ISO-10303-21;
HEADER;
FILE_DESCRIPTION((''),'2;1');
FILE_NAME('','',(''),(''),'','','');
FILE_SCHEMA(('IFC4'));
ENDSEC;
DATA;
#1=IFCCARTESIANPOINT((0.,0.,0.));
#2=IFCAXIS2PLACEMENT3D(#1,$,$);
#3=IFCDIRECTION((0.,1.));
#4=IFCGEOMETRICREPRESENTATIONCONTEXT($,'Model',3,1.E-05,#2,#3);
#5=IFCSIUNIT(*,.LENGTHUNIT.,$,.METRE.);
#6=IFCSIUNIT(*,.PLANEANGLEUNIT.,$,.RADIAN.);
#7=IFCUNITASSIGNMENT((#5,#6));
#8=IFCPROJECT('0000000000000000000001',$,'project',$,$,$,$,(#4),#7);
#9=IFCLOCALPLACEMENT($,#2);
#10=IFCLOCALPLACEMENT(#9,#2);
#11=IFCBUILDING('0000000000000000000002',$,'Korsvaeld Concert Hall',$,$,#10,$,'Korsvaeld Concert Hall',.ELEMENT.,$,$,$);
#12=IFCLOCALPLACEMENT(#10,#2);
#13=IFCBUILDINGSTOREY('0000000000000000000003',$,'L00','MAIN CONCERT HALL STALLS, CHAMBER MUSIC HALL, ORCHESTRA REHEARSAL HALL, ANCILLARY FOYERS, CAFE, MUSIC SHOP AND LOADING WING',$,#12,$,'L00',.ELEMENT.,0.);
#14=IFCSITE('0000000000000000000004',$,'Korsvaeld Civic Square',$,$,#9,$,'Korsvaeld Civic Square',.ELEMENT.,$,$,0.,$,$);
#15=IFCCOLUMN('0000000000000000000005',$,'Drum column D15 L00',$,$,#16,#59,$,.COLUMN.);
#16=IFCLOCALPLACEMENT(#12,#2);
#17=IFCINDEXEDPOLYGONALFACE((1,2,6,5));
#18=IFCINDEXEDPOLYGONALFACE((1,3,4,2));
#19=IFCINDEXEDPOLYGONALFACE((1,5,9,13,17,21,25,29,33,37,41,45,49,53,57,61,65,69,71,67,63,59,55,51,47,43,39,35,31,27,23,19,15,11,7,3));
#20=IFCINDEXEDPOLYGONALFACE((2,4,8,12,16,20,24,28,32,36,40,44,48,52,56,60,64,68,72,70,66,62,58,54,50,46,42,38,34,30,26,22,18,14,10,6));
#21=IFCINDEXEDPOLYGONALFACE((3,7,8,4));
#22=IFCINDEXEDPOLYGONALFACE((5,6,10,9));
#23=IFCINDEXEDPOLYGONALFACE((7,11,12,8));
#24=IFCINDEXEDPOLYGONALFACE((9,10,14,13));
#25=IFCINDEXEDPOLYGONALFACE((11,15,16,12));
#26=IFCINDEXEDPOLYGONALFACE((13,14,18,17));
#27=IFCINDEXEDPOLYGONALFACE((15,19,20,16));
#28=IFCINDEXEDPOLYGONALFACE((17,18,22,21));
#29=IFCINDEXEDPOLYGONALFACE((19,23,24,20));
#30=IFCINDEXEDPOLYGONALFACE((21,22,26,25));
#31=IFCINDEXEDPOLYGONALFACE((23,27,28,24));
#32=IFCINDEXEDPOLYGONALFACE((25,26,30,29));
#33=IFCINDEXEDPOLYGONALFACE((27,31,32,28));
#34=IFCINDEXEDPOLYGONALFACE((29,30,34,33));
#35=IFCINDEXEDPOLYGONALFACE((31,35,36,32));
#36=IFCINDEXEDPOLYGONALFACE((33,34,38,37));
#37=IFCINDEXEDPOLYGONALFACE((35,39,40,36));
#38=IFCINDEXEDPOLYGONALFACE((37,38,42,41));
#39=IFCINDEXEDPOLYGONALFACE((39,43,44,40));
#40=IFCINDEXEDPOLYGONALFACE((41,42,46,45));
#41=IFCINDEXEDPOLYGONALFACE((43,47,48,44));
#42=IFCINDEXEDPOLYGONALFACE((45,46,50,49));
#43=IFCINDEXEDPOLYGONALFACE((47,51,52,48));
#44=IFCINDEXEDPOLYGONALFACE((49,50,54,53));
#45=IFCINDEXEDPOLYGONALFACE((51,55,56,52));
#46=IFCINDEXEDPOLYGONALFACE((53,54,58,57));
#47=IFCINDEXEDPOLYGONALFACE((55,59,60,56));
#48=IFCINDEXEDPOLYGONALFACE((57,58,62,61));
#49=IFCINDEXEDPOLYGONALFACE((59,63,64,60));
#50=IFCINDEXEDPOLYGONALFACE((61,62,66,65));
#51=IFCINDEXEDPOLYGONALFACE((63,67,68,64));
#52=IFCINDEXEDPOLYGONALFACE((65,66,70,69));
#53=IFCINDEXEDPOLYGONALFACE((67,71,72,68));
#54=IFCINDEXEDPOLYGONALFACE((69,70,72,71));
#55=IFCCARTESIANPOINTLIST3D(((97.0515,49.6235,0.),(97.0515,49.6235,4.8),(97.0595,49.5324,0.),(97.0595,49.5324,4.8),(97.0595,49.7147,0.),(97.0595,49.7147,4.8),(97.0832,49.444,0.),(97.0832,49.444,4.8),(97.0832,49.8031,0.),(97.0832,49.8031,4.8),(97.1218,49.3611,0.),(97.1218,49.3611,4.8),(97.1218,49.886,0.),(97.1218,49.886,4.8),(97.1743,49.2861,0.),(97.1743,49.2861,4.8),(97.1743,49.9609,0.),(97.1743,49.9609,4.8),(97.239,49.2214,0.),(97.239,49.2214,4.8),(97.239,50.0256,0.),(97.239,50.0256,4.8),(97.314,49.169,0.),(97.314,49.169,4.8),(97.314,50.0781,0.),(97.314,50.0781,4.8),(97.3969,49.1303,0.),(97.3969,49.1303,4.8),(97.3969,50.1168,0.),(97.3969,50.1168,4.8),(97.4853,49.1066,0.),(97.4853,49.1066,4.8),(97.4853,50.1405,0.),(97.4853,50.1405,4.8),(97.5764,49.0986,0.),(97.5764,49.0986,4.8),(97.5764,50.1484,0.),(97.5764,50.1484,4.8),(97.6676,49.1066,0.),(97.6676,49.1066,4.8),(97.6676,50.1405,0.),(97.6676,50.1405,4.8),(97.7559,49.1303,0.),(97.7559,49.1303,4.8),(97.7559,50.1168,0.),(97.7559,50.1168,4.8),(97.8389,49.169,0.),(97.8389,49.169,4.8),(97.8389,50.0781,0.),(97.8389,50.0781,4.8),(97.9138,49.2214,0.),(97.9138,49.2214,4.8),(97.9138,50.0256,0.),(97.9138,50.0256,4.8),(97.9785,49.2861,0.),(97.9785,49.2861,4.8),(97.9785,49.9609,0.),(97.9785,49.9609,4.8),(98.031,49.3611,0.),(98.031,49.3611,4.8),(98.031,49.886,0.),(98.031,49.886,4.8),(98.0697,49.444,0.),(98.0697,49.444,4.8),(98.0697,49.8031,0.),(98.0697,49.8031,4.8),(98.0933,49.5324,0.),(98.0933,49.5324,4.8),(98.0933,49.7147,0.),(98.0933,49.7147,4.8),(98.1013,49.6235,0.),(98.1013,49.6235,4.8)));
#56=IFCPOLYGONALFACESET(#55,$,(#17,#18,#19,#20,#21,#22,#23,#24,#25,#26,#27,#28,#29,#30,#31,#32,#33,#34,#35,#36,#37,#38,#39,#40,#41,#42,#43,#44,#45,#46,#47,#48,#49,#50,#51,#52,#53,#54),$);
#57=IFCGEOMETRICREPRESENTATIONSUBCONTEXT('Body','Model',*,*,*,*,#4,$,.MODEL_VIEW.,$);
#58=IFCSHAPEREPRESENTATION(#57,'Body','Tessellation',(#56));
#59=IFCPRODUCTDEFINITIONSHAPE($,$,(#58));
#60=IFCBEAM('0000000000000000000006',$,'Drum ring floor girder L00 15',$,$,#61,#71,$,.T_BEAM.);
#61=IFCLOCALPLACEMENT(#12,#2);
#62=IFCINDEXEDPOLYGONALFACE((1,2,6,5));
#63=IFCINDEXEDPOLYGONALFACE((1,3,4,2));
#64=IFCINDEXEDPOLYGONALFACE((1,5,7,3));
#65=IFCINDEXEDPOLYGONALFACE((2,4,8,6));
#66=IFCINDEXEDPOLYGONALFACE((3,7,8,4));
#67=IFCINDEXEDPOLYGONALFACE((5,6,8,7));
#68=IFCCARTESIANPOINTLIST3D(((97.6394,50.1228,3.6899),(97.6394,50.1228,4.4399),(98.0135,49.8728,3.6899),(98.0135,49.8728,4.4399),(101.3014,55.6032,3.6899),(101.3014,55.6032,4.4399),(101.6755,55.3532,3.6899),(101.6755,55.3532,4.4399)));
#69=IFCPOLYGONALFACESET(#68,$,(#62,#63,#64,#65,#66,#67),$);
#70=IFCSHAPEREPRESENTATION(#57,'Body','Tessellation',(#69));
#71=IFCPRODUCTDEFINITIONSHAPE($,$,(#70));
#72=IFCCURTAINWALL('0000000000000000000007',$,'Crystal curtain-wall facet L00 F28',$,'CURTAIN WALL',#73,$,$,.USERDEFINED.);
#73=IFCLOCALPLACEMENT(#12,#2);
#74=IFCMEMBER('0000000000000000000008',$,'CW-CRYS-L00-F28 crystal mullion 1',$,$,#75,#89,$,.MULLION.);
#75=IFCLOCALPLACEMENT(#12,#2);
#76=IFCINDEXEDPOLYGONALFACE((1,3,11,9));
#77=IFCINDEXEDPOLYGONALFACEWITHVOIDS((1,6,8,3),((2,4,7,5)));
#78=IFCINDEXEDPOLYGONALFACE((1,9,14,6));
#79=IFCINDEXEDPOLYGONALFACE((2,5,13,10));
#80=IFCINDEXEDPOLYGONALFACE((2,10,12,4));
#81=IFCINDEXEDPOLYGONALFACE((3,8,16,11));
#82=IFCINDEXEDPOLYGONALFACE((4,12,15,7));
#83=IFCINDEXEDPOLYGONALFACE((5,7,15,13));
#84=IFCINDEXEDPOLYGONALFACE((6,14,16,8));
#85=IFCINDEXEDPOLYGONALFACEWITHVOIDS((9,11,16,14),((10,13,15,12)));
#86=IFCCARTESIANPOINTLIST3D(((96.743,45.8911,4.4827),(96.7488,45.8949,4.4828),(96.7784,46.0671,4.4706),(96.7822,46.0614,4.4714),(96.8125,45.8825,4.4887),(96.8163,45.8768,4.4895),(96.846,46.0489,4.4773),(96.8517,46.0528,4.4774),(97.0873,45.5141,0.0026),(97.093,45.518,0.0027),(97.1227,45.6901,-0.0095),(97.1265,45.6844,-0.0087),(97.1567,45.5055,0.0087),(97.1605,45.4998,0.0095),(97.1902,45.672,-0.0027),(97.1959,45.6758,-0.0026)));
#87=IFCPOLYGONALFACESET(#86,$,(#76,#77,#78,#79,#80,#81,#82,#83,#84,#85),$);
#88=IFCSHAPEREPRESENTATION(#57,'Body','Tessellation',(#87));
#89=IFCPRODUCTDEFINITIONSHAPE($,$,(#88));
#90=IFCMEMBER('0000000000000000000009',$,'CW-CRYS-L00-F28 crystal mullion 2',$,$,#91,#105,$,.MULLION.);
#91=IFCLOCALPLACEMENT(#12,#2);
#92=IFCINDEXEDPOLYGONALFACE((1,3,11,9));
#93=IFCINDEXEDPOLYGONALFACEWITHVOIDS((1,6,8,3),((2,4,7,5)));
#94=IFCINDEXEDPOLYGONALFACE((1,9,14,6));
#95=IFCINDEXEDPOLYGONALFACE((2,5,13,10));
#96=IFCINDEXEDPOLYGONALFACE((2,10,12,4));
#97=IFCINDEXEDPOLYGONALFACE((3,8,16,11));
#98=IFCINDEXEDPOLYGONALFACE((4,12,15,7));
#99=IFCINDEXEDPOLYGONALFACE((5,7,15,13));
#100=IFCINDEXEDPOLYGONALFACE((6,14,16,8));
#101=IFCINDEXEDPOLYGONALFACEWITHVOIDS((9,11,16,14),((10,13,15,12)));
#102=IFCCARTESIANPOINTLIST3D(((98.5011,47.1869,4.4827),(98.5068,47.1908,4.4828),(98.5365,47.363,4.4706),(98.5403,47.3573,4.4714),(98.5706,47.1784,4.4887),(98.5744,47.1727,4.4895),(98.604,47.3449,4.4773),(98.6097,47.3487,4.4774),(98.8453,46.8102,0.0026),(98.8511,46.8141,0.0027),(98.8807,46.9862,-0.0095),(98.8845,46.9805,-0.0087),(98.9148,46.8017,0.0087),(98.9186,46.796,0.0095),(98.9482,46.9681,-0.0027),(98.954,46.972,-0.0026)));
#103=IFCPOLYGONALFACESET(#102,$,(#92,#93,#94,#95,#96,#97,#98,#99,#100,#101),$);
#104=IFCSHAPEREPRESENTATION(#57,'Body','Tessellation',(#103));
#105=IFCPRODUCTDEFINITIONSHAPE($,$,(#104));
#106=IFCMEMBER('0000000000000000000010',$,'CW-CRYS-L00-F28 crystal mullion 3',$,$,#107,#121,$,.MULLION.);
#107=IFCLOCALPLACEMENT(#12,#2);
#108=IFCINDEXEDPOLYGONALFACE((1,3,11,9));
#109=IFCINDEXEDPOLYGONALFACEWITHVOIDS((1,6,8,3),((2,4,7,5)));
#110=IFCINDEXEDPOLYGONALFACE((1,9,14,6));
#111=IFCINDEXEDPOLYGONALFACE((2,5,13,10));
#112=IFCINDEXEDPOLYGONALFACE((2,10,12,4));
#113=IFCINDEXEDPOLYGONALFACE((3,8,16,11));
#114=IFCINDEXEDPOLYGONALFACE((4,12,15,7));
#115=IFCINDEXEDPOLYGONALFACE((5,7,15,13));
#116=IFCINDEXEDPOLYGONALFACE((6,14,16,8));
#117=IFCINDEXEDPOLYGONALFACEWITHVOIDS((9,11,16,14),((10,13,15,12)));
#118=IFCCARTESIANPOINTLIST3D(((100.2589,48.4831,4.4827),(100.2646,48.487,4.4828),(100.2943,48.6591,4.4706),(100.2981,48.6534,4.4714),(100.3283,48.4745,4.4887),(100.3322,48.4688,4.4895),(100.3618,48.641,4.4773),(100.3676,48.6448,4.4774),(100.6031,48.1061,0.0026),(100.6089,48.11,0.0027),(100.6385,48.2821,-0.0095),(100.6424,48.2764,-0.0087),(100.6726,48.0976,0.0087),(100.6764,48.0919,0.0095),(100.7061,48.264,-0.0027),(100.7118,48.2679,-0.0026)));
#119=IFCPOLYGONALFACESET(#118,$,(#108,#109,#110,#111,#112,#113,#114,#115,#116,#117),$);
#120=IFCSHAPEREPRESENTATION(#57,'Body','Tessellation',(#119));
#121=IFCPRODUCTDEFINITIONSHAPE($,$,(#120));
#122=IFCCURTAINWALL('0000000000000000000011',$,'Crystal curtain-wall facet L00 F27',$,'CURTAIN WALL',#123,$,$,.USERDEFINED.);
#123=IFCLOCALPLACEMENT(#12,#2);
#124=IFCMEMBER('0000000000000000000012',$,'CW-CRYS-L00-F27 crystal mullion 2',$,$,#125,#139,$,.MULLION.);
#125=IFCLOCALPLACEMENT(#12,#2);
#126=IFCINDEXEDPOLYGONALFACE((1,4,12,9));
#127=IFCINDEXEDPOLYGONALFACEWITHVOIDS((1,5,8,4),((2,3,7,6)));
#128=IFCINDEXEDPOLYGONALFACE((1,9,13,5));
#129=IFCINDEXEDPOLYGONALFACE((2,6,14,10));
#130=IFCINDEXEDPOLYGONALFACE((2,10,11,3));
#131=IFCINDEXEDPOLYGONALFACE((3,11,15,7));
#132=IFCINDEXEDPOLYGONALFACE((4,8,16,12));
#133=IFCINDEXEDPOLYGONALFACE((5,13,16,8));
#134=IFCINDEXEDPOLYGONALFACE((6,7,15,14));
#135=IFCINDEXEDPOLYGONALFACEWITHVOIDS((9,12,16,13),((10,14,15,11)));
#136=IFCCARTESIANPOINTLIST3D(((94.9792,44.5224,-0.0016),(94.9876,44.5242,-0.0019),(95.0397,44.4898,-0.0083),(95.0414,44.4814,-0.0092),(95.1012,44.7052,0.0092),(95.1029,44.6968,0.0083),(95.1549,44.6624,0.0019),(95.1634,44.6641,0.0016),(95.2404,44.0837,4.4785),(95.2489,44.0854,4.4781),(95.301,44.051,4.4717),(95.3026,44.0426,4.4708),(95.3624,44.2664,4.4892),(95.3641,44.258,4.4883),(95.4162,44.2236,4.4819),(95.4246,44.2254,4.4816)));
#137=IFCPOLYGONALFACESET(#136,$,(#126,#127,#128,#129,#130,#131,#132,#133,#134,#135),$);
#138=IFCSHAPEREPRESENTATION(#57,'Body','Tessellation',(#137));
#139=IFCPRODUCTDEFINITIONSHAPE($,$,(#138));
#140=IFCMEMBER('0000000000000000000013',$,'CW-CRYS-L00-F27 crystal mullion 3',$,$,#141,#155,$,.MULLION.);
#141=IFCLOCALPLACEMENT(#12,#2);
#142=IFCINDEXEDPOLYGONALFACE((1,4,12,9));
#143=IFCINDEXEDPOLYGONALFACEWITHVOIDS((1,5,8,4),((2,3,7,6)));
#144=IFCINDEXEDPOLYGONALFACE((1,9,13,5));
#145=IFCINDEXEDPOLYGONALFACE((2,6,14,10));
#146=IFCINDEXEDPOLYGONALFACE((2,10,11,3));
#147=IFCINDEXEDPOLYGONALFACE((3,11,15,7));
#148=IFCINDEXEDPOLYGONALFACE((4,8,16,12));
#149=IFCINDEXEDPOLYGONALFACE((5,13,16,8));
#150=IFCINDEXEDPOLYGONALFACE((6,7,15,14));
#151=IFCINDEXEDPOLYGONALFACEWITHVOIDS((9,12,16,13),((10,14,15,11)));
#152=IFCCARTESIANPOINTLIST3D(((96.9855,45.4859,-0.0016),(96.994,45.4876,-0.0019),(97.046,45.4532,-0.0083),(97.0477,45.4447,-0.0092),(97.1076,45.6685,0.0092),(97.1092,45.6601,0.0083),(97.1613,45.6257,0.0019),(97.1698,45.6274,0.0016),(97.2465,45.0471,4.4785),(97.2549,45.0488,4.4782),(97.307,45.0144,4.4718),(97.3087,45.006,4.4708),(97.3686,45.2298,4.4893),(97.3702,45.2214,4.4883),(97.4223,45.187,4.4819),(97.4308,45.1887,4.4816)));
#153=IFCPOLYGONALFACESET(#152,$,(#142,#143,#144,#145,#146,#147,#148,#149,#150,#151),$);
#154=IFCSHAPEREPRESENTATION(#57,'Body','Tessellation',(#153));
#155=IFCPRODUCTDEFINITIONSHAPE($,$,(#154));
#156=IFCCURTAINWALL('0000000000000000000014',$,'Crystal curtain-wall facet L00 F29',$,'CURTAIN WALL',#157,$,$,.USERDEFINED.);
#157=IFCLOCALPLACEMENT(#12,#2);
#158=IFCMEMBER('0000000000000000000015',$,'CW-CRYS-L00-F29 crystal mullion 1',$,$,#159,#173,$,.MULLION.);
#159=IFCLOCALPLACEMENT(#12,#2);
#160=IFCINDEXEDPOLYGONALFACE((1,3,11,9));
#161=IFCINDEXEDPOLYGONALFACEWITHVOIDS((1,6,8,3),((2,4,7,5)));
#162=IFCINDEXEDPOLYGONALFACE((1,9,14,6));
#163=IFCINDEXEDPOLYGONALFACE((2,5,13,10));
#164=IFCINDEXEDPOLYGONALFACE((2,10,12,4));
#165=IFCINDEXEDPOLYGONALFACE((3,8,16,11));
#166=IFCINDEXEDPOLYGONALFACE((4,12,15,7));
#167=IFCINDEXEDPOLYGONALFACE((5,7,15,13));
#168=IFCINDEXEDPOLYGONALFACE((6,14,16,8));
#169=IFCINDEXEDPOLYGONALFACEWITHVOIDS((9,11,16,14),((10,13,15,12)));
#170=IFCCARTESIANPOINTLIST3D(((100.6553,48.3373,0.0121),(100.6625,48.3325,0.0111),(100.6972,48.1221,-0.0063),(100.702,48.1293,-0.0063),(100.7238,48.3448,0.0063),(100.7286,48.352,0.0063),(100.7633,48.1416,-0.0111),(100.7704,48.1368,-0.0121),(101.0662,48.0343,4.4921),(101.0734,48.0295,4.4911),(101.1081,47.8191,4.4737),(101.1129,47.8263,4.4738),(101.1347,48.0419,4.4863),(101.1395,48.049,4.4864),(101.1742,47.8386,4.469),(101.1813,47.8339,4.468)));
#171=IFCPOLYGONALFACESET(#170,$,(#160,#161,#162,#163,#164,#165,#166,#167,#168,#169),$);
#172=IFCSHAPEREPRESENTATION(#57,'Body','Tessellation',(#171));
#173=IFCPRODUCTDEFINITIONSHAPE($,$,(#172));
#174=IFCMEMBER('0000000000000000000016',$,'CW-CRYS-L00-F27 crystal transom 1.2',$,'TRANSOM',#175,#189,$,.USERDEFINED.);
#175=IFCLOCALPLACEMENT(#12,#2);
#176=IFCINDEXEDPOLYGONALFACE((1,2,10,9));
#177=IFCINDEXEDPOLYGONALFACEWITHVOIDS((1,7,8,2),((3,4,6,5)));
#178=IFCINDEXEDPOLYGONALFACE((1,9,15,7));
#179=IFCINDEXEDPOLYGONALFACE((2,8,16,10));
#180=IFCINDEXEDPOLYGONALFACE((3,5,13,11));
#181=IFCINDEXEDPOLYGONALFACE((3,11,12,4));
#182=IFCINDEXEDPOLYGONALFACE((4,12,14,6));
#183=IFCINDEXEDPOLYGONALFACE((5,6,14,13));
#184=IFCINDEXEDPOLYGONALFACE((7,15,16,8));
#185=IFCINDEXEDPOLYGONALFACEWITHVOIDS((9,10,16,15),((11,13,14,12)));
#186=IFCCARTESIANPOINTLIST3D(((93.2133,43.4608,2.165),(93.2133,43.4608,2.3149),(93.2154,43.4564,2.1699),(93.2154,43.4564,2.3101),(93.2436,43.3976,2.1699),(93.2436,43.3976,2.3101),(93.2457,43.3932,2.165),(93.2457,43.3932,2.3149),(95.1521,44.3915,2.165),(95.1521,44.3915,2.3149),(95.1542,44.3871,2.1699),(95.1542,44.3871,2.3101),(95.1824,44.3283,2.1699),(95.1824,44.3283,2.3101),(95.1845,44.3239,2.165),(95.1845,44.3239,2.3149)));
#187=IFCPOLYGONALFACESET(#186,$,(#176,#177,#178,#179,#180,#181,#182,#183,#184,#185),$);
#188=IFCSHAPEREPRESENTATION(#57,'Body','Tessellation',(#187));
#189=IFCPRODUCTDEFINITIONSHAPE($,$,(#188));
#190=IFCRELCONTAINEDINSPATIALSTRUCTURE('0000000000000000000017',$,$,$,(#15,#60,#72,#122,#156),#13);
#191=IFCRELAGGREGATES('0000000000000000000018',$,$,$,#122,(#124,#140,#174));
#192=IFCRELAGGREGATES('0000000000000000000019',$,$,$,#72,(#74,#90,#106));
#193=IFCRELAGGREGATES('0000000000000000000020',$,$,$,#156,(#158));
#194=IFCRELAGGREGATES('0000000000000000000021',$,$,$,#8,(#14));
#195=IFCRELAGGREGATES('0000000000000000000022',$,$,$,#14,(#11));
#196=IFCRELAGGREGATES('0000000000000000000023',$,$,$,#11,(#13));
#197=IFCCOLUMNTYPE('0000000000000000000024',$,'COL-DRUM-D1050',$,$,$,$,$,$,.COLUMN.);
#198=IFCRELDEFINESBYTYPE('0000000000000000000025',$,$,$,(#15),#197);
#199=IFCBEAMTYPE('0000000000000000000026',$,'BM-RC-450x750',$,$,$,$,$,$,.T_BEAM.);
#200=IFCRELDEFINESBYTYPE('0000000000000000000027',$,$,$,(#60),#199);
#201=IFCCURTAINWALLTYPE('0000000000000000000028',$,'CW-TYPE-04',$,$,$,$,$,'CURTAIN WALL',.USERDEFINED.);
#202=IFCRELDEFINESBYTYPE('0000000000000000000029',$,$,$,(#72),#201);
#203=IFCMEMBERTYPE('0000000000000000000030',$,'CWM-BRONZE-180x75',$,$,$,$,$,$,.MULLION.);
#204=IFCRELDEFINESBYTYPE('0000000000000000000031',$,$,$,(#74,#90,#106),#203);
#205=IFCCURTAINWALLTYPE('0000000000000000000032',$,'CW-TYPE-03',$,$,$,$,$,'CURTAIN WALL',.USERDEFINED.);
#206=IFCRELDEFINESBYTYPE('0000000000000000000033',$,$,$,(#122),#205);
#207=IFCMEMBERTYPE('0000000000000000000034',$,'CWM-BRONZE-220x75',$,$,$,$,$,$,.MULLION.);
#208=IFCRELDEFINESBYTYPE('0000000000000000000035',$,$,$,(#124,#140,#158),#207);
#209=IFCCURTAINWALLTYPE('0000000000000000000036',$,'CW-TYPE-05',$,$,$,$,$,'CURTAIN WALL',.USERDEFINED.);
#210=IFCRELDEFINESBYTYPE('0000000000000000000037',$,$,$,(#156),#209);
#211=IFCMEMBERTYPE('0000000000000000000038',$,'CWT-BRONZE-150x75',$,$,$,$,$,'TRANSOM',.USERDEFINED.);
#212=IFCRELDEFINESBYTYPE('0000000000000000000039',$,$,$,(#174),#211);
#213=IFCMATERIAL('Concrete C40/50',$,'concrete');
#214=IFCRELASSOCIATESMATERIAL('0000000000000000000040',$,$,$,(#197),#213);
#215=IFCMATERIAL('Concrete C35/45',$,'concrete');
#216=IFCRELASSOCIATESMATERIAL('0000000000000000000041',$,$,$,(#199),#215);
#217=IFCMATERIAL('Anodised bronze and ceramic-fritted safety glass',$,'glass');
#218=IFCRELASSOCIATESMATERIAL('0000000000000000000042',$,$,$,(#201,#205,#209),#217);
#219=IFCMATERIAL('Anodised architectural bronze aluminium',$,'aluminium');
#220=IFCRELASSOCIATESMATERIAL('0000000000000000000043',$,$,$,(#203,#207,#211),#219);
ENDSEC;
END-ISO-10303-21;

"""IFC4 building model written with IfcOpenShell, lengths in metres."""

from ifc_helpers import new_model, si_unit, direction, frame, origin, origin_2d, place, context, subcontext, project, spatial, rectangle, hollow_rectangle, circle, extrude, material, material_profile, profile_set, type_object, element, aggregate, save


model = new_model("IFC4")

# Units and contexts
model_context = context("Model", 3, precision=1e-05, world=origin(), true_north=direction((0.0, 1.0)))
body_context = subcontext(model_context, "Body", "Model", "MODEL_VIEW")
ifc_project = project(units=[si_unit("LENGTHUNIT", "METRE"), si_unit("PLANEANGLEUNIT", "RADIAN")], contexts=[model_context])

# Site, building, storey
site_placement = place(None, origin())
site = spatial("IfcSite", under=ifc_project, at=site_placement, Name="Korsvaeld Civic Square", LongName="Korsvaeld Civic Square", CompositionType="ELEMENT", RefElevation=0.0)
building_placement = place(site_placement, origin())
building = spatial("IfcBuilding", under=site, at=building_placement, Name="Korsvaeld Concert Hall", LongName="Korsvaeld Concert Hall", CompositionType="ELEMENT")
storey_placement = place(building_placement, origin())
storey = spatial("IfcBuildingStorey", under=building, at=storey_placement, Name="L00", Description="MAIN CONCERT HALL STALLS, CHAMBER MUSIC HALL, ORCHESTRA REHEARSAL HALL, ANCILLARY FOYERS, CAFE, MUSIC SHOP AND LOADING WING", LongName="L00", CompositionType="ELEMENT", Elevation=0.0)

# Column
ifc_material_1 = material(Name="Concrete C40/50", Category="concrete")
ifc_material_profile_1 = material_profile(ifc_material_1, circle(Radius=0.5249, at=origin_2d()), Name="RC D1050")
ifc_profile_set_1 = profile_set([ifc_material_profile_1], Name="Concrete C40/50")
column_type = type_object("IfcColumnType", Name="COL-DRUM-D1050", PredefinedType="COLUMN", material=ifc_profile_set_1)
column_placement = place(storey_placement, frame((97.5764, 49.6235, 0.0), z_axis=(0.0, 0.0, 1.0), x_axis=(1.0, 0.0, 0.0)))
element("IfcColumn", 1, at=column_placement, inside=storey, type_object=column_type, Name="Drum column D15 L00", PredefinedType="COLUMN", context=body_context, shape_type="SweptSolid", body=[
    extrude(circle(Radius=0.5249, at=origin_2d()), origin(), (0.0, 0.0, 1.0), 4.8),
])

# Beam
ifc_material_2 = material(Name="Concrete C35/45", Category="concrete")
ifc_material_profile_2 = material_profile(ifc_material_2, rectangle(XDim=0.45, YDim=0.75, at=origin_2d()), Name="RC 450x750")
ifc_profile_set_2 = profile_set([ifc_material_profile_2], Name="Concrete C35/45")
beam_type = type_object("IfcBeamType", Name="BM-RC-450x750", PredefinedType="T_BEAM", material=ifc_profile_set_2)
beam_placement = place(storey_placement, frame((97.8264, 49.9978, 4.0649), z_axis=(0.555589, 0.831457, 0.0), x_axis=(-0.831457, 0.555589, 0.0)))
element("IfcBeam", 2, at=beam_placement, inside=storey, type_object=beam_type, Name="Drum ring floor girder L00 15", PredefinedType="T_BEAM", context=body_context, shape_type="SweptSolid", body=[
    extrude(rectangle(XDim=0.45, YDim=0.75, at=origin_2d()), origin(), (0.0, 0.0, 1.0), 6.5913),
])

# Curtain walls, members
ifc_material_3 = material(Name="Anodised bronze and ceramic-fritted safety glass", Category="glass")
curtain_wall_type_1 = type_object("IfcCurtainWallType", Name="CW-TYPE-04", ElementType="CURTAIN WALL", PredefinedType="USERDEFINED", material=ifc_material_3)
curtain_wall_1_placement = place(storey_placement, origin())
curtain_wall_1 = element("IfcCurtainWall", 3, at=curtain_wall_1_placement, inside=storey, type_object=curtain_wall_type_1, Name="Crystal curtain-wall facet L00 F28", ObjectType="CURTAIN WALL", PredefinedType="USERDEFINED")
ifc_material_4 = material(Name="Anodised architectural bronze aluminium", Category="aluminium")
ifc_material_profile_3 = material_profile(ifc_material_4, hollow_rectangle(XDim=0.075, YDim=0.1799, WallThickness=0.0049, at=origin_2d()), Name="CWM 180x75x5")
ifc_profile_set_3 = profile_set([ifc_material_profile_3], Name="Anodised architectural bronze aluminium")
member_type_1 = type_object("IfcMemberType", Name="CWM-BRONZE-180x75", PredefinedType="MULLION", material=ifc_profile_set_3)
member_1_placement = place(storey_placement, frame((97.1416, 45.595, 0.0), z_axis=(-0.076345, 0.083601, 0.99357), x_axis=(0.977471, -0.190385, 0.091127)))
member_1 = element("IfcMember", 4, at=member_1_placement, type_object=member_type_1, Name="CW-CRYS-L00-F28 crystal mullion 1", PredefinedType="MULLION", context=body_context, shape_type="SweptSolid", body=[
    extrude(hollow_rectangle(XDim=0.075, YDim=0.1799, WallThickness=0.0049, at=origin_2d()), origin(), (0.0, 0.0, 1.0), 4.509),
])
member_2_placement = place(storey_placement, frame((98.8997, 46.8911, 0.0), z_axis=(-0.076346, 0.083547, 0.993575), x_axis=(0.977535, -0.190072, 0.091096)))
member_2 = element("IfcMember", 5, at=member_2_placement, type_object=member_type_1, Name="CW-CRYS-L00-F28 crystal mullion 2", PredefinedType="MULLION", context=body_context, shape_type="SweptSolid", body=[
    extrude(hollow_rectangle(XDim=0.075, YDim=0.1799, WallThickness=0.0049, at=origin_2d()), origin(), (0.0, 0.0, 1.0), 4.509),
])
member_3_placement = place(storey_placement, frame((100.6575, 48.187, 0.0), z_axis=(-0.076345, 0.083601, 0.99357), x_axis=(0.977471, -0.190385, 0.091127)))
member_3 = element("IfcMember", 6, at=member_3_placement, type_object=member_type_1, Name="CW-CRYS-L00-F28 crystal mullion 3", PredefinedType="MULLION", context=body_context, shape_type="SweptSolid", body=[
    extrude(hollow_rectangle(XDim=0.075, YDim=0.1799, WallThickness=0.0049, at=origin_2d()), origin(), (0.0, 0.0, 1.0), 4.509),
])
curtain_wall_type_2 = type_object("IfcCurtainWallType", Name="CW-TYPE-03", ElementType="CURTAIN WALL", PredefinedType="USERDEFINED", material=ifc_material_3)
curtain_wall_2_placement = place(storey_placement, origin())
curtain_wall_2 = element("IfcCurtainWall", 7, at=curtain_wall_2_placement, inside=storey, type_object=curtain_wall_type_2, Name="Crystal curtain-wall facet L00 F27", ObjectType="CURTAIN WALL", PredefinedType="USERDEFINED")
ifc_material_profile_4 = material_profile(ifc_material_4, hollow_rectangle(XDim=0.075, YDim=0.22, WallThickness=0.0061, at=origin_2d()), Name="CWM 220x75x6")
ifc_profile_set_4 = profile_set([ifc_material_profile_4], Name="Anodised architectural bronze aluminium")
member_type_2 = type_object("IfcMemberType", Name="CWM-BRONZE-220x75", PredefinedType="MULLION", material=ifc_profile_set_4)
member_4_placement = place(storey_placement, frame((95.0713, 44.5933, 0.0), z_axis=(0.057936, -0.097299, 0.993567), x_axis=(-0.830127, 0.548149, 0.102085)))
member_4 = element("IfcMember", 8, at=member_4_placement, type_object=member_type_2, Name="CW-CRYS-L00-F27 crystal mullion 2", PredefinedType="MULLION", context=body_context, shape_type="SweptSolid", body=[
    extrude(hollow_rectangle(XDim=0.075, YDim=0.22, WallThickness=0.0061, at=origin_2d()), origin(), (0.0, 0.0, 1.0), 4.509),
])
member_5_placement = place(storey_placement, frame((97.0776, 45.5566, 0.0), z_axis=(0.057882, -0.0973, 0.993571), x_axis=(-0.829903, 0.548493, 0.10206)))
member_5 = element("IfcMember", 9, at=member_5_placement, type_object=member_type_2, Name="CW-CRYS-L00-F27 crystal mullion 3", PredefinedType="MULLION", context=body_context, shape_type="SweptSolid", body=[
    extrude(hollow_rectangle(XDim=0.075, YDim=0.22, WallThickness=0.0061, at=origin_2d()), origin(), (0.0, 0.0, 1.0), 4.509),
])

# Curtain wall, member
curtain_wall_type_3 = type_object("IfcCurtainWallType", Name="CW-TYPE-05", ElementType="CURTAIN WALL", PredefinedType="USERDEFINED", material=ifc_material_3)
curtain_wall_3_placement = place(storey_placement, origin())
curtain_wall_3 = element("IfcCurtainWall", 10, at=curtain_wall_3_placement, inside=storey, type_object=curtain_wall_type_3, Name="Crystal curtain-wall facet L00 F29", ObjectType="CURTAIN WALL", PredefinedType="USERDEFINED")
member_6_placement = place(storey_placement, frame((100.7129, 48.2371, 0.0), z_axis=(0.091127, -0.067195, 0.99357), x_axis=(-0.977527, -0.19649, 0.076367)))
member_6 = element("IfcMember", 11, at=member_6_placement, type_object=member_type_2, Name="CW-CRYS-L00-F29 crystal mullion 1", PredefinedType="MULLION", context=body_context, shape_type="SweptSolid", body=[
    extrude(hollow_rectangle(XDim=0.075, YDim=0.22, WallThickness=0.0061, at=origin_2d()), origin(), (0.0, 0.0, 1.0), 4.509),
])

# Member
ifc_material_profile_5 = material_profile(ifc_material_4, hollow_rectangle(XDim=0.075, YDim=0.1499, WallThickness=0.0049, at=origin_2d()), Name="CWT 150x75x5")
ifc_profile_set_5 = profile_set([ifc_material_profile_5], Name="Anodised architectural bronze aluminium")
member_type_3 = type_object("IfcMemberType", Name="CWT-BRONZE-150x75", ElementType="TRANSOM", PredefinedType="USERDEFINED", material=ifc_profile_set_5)
member_7_placement = place(storey_placement, frame((93.2295, 43.427, 2.24), z_axis=(0.901509, 0.432761, 0.0), x_axis=(-0.432761, 0.901509, 0.0)))
member_7 = element("IfcMember", 12, at=member_7_placement, type_object=member_type_3, Name="CW-CRYS-L00-F27 crystal transom 1.2", ObjectType="TRANSOM", PredefinedType="USERDEFINED", context=body_context, shape_type="SweptSolid", body=[
    extrude(hollow_rectangle(XDim=0.075, YDim=0.1499, WallThickness=0.0049, at=origin_2d()), origin(), (0.0, 0.0, 1.0), 2.1506),
])

aggregate(curtain_wall_2, [member_4, member_5, member_7])
aggregate(curtain_wall_1, [member_1, member_2, member_3])
aggregate(curtain_wall_3, [member_6])

save(model, "model.ifc")
